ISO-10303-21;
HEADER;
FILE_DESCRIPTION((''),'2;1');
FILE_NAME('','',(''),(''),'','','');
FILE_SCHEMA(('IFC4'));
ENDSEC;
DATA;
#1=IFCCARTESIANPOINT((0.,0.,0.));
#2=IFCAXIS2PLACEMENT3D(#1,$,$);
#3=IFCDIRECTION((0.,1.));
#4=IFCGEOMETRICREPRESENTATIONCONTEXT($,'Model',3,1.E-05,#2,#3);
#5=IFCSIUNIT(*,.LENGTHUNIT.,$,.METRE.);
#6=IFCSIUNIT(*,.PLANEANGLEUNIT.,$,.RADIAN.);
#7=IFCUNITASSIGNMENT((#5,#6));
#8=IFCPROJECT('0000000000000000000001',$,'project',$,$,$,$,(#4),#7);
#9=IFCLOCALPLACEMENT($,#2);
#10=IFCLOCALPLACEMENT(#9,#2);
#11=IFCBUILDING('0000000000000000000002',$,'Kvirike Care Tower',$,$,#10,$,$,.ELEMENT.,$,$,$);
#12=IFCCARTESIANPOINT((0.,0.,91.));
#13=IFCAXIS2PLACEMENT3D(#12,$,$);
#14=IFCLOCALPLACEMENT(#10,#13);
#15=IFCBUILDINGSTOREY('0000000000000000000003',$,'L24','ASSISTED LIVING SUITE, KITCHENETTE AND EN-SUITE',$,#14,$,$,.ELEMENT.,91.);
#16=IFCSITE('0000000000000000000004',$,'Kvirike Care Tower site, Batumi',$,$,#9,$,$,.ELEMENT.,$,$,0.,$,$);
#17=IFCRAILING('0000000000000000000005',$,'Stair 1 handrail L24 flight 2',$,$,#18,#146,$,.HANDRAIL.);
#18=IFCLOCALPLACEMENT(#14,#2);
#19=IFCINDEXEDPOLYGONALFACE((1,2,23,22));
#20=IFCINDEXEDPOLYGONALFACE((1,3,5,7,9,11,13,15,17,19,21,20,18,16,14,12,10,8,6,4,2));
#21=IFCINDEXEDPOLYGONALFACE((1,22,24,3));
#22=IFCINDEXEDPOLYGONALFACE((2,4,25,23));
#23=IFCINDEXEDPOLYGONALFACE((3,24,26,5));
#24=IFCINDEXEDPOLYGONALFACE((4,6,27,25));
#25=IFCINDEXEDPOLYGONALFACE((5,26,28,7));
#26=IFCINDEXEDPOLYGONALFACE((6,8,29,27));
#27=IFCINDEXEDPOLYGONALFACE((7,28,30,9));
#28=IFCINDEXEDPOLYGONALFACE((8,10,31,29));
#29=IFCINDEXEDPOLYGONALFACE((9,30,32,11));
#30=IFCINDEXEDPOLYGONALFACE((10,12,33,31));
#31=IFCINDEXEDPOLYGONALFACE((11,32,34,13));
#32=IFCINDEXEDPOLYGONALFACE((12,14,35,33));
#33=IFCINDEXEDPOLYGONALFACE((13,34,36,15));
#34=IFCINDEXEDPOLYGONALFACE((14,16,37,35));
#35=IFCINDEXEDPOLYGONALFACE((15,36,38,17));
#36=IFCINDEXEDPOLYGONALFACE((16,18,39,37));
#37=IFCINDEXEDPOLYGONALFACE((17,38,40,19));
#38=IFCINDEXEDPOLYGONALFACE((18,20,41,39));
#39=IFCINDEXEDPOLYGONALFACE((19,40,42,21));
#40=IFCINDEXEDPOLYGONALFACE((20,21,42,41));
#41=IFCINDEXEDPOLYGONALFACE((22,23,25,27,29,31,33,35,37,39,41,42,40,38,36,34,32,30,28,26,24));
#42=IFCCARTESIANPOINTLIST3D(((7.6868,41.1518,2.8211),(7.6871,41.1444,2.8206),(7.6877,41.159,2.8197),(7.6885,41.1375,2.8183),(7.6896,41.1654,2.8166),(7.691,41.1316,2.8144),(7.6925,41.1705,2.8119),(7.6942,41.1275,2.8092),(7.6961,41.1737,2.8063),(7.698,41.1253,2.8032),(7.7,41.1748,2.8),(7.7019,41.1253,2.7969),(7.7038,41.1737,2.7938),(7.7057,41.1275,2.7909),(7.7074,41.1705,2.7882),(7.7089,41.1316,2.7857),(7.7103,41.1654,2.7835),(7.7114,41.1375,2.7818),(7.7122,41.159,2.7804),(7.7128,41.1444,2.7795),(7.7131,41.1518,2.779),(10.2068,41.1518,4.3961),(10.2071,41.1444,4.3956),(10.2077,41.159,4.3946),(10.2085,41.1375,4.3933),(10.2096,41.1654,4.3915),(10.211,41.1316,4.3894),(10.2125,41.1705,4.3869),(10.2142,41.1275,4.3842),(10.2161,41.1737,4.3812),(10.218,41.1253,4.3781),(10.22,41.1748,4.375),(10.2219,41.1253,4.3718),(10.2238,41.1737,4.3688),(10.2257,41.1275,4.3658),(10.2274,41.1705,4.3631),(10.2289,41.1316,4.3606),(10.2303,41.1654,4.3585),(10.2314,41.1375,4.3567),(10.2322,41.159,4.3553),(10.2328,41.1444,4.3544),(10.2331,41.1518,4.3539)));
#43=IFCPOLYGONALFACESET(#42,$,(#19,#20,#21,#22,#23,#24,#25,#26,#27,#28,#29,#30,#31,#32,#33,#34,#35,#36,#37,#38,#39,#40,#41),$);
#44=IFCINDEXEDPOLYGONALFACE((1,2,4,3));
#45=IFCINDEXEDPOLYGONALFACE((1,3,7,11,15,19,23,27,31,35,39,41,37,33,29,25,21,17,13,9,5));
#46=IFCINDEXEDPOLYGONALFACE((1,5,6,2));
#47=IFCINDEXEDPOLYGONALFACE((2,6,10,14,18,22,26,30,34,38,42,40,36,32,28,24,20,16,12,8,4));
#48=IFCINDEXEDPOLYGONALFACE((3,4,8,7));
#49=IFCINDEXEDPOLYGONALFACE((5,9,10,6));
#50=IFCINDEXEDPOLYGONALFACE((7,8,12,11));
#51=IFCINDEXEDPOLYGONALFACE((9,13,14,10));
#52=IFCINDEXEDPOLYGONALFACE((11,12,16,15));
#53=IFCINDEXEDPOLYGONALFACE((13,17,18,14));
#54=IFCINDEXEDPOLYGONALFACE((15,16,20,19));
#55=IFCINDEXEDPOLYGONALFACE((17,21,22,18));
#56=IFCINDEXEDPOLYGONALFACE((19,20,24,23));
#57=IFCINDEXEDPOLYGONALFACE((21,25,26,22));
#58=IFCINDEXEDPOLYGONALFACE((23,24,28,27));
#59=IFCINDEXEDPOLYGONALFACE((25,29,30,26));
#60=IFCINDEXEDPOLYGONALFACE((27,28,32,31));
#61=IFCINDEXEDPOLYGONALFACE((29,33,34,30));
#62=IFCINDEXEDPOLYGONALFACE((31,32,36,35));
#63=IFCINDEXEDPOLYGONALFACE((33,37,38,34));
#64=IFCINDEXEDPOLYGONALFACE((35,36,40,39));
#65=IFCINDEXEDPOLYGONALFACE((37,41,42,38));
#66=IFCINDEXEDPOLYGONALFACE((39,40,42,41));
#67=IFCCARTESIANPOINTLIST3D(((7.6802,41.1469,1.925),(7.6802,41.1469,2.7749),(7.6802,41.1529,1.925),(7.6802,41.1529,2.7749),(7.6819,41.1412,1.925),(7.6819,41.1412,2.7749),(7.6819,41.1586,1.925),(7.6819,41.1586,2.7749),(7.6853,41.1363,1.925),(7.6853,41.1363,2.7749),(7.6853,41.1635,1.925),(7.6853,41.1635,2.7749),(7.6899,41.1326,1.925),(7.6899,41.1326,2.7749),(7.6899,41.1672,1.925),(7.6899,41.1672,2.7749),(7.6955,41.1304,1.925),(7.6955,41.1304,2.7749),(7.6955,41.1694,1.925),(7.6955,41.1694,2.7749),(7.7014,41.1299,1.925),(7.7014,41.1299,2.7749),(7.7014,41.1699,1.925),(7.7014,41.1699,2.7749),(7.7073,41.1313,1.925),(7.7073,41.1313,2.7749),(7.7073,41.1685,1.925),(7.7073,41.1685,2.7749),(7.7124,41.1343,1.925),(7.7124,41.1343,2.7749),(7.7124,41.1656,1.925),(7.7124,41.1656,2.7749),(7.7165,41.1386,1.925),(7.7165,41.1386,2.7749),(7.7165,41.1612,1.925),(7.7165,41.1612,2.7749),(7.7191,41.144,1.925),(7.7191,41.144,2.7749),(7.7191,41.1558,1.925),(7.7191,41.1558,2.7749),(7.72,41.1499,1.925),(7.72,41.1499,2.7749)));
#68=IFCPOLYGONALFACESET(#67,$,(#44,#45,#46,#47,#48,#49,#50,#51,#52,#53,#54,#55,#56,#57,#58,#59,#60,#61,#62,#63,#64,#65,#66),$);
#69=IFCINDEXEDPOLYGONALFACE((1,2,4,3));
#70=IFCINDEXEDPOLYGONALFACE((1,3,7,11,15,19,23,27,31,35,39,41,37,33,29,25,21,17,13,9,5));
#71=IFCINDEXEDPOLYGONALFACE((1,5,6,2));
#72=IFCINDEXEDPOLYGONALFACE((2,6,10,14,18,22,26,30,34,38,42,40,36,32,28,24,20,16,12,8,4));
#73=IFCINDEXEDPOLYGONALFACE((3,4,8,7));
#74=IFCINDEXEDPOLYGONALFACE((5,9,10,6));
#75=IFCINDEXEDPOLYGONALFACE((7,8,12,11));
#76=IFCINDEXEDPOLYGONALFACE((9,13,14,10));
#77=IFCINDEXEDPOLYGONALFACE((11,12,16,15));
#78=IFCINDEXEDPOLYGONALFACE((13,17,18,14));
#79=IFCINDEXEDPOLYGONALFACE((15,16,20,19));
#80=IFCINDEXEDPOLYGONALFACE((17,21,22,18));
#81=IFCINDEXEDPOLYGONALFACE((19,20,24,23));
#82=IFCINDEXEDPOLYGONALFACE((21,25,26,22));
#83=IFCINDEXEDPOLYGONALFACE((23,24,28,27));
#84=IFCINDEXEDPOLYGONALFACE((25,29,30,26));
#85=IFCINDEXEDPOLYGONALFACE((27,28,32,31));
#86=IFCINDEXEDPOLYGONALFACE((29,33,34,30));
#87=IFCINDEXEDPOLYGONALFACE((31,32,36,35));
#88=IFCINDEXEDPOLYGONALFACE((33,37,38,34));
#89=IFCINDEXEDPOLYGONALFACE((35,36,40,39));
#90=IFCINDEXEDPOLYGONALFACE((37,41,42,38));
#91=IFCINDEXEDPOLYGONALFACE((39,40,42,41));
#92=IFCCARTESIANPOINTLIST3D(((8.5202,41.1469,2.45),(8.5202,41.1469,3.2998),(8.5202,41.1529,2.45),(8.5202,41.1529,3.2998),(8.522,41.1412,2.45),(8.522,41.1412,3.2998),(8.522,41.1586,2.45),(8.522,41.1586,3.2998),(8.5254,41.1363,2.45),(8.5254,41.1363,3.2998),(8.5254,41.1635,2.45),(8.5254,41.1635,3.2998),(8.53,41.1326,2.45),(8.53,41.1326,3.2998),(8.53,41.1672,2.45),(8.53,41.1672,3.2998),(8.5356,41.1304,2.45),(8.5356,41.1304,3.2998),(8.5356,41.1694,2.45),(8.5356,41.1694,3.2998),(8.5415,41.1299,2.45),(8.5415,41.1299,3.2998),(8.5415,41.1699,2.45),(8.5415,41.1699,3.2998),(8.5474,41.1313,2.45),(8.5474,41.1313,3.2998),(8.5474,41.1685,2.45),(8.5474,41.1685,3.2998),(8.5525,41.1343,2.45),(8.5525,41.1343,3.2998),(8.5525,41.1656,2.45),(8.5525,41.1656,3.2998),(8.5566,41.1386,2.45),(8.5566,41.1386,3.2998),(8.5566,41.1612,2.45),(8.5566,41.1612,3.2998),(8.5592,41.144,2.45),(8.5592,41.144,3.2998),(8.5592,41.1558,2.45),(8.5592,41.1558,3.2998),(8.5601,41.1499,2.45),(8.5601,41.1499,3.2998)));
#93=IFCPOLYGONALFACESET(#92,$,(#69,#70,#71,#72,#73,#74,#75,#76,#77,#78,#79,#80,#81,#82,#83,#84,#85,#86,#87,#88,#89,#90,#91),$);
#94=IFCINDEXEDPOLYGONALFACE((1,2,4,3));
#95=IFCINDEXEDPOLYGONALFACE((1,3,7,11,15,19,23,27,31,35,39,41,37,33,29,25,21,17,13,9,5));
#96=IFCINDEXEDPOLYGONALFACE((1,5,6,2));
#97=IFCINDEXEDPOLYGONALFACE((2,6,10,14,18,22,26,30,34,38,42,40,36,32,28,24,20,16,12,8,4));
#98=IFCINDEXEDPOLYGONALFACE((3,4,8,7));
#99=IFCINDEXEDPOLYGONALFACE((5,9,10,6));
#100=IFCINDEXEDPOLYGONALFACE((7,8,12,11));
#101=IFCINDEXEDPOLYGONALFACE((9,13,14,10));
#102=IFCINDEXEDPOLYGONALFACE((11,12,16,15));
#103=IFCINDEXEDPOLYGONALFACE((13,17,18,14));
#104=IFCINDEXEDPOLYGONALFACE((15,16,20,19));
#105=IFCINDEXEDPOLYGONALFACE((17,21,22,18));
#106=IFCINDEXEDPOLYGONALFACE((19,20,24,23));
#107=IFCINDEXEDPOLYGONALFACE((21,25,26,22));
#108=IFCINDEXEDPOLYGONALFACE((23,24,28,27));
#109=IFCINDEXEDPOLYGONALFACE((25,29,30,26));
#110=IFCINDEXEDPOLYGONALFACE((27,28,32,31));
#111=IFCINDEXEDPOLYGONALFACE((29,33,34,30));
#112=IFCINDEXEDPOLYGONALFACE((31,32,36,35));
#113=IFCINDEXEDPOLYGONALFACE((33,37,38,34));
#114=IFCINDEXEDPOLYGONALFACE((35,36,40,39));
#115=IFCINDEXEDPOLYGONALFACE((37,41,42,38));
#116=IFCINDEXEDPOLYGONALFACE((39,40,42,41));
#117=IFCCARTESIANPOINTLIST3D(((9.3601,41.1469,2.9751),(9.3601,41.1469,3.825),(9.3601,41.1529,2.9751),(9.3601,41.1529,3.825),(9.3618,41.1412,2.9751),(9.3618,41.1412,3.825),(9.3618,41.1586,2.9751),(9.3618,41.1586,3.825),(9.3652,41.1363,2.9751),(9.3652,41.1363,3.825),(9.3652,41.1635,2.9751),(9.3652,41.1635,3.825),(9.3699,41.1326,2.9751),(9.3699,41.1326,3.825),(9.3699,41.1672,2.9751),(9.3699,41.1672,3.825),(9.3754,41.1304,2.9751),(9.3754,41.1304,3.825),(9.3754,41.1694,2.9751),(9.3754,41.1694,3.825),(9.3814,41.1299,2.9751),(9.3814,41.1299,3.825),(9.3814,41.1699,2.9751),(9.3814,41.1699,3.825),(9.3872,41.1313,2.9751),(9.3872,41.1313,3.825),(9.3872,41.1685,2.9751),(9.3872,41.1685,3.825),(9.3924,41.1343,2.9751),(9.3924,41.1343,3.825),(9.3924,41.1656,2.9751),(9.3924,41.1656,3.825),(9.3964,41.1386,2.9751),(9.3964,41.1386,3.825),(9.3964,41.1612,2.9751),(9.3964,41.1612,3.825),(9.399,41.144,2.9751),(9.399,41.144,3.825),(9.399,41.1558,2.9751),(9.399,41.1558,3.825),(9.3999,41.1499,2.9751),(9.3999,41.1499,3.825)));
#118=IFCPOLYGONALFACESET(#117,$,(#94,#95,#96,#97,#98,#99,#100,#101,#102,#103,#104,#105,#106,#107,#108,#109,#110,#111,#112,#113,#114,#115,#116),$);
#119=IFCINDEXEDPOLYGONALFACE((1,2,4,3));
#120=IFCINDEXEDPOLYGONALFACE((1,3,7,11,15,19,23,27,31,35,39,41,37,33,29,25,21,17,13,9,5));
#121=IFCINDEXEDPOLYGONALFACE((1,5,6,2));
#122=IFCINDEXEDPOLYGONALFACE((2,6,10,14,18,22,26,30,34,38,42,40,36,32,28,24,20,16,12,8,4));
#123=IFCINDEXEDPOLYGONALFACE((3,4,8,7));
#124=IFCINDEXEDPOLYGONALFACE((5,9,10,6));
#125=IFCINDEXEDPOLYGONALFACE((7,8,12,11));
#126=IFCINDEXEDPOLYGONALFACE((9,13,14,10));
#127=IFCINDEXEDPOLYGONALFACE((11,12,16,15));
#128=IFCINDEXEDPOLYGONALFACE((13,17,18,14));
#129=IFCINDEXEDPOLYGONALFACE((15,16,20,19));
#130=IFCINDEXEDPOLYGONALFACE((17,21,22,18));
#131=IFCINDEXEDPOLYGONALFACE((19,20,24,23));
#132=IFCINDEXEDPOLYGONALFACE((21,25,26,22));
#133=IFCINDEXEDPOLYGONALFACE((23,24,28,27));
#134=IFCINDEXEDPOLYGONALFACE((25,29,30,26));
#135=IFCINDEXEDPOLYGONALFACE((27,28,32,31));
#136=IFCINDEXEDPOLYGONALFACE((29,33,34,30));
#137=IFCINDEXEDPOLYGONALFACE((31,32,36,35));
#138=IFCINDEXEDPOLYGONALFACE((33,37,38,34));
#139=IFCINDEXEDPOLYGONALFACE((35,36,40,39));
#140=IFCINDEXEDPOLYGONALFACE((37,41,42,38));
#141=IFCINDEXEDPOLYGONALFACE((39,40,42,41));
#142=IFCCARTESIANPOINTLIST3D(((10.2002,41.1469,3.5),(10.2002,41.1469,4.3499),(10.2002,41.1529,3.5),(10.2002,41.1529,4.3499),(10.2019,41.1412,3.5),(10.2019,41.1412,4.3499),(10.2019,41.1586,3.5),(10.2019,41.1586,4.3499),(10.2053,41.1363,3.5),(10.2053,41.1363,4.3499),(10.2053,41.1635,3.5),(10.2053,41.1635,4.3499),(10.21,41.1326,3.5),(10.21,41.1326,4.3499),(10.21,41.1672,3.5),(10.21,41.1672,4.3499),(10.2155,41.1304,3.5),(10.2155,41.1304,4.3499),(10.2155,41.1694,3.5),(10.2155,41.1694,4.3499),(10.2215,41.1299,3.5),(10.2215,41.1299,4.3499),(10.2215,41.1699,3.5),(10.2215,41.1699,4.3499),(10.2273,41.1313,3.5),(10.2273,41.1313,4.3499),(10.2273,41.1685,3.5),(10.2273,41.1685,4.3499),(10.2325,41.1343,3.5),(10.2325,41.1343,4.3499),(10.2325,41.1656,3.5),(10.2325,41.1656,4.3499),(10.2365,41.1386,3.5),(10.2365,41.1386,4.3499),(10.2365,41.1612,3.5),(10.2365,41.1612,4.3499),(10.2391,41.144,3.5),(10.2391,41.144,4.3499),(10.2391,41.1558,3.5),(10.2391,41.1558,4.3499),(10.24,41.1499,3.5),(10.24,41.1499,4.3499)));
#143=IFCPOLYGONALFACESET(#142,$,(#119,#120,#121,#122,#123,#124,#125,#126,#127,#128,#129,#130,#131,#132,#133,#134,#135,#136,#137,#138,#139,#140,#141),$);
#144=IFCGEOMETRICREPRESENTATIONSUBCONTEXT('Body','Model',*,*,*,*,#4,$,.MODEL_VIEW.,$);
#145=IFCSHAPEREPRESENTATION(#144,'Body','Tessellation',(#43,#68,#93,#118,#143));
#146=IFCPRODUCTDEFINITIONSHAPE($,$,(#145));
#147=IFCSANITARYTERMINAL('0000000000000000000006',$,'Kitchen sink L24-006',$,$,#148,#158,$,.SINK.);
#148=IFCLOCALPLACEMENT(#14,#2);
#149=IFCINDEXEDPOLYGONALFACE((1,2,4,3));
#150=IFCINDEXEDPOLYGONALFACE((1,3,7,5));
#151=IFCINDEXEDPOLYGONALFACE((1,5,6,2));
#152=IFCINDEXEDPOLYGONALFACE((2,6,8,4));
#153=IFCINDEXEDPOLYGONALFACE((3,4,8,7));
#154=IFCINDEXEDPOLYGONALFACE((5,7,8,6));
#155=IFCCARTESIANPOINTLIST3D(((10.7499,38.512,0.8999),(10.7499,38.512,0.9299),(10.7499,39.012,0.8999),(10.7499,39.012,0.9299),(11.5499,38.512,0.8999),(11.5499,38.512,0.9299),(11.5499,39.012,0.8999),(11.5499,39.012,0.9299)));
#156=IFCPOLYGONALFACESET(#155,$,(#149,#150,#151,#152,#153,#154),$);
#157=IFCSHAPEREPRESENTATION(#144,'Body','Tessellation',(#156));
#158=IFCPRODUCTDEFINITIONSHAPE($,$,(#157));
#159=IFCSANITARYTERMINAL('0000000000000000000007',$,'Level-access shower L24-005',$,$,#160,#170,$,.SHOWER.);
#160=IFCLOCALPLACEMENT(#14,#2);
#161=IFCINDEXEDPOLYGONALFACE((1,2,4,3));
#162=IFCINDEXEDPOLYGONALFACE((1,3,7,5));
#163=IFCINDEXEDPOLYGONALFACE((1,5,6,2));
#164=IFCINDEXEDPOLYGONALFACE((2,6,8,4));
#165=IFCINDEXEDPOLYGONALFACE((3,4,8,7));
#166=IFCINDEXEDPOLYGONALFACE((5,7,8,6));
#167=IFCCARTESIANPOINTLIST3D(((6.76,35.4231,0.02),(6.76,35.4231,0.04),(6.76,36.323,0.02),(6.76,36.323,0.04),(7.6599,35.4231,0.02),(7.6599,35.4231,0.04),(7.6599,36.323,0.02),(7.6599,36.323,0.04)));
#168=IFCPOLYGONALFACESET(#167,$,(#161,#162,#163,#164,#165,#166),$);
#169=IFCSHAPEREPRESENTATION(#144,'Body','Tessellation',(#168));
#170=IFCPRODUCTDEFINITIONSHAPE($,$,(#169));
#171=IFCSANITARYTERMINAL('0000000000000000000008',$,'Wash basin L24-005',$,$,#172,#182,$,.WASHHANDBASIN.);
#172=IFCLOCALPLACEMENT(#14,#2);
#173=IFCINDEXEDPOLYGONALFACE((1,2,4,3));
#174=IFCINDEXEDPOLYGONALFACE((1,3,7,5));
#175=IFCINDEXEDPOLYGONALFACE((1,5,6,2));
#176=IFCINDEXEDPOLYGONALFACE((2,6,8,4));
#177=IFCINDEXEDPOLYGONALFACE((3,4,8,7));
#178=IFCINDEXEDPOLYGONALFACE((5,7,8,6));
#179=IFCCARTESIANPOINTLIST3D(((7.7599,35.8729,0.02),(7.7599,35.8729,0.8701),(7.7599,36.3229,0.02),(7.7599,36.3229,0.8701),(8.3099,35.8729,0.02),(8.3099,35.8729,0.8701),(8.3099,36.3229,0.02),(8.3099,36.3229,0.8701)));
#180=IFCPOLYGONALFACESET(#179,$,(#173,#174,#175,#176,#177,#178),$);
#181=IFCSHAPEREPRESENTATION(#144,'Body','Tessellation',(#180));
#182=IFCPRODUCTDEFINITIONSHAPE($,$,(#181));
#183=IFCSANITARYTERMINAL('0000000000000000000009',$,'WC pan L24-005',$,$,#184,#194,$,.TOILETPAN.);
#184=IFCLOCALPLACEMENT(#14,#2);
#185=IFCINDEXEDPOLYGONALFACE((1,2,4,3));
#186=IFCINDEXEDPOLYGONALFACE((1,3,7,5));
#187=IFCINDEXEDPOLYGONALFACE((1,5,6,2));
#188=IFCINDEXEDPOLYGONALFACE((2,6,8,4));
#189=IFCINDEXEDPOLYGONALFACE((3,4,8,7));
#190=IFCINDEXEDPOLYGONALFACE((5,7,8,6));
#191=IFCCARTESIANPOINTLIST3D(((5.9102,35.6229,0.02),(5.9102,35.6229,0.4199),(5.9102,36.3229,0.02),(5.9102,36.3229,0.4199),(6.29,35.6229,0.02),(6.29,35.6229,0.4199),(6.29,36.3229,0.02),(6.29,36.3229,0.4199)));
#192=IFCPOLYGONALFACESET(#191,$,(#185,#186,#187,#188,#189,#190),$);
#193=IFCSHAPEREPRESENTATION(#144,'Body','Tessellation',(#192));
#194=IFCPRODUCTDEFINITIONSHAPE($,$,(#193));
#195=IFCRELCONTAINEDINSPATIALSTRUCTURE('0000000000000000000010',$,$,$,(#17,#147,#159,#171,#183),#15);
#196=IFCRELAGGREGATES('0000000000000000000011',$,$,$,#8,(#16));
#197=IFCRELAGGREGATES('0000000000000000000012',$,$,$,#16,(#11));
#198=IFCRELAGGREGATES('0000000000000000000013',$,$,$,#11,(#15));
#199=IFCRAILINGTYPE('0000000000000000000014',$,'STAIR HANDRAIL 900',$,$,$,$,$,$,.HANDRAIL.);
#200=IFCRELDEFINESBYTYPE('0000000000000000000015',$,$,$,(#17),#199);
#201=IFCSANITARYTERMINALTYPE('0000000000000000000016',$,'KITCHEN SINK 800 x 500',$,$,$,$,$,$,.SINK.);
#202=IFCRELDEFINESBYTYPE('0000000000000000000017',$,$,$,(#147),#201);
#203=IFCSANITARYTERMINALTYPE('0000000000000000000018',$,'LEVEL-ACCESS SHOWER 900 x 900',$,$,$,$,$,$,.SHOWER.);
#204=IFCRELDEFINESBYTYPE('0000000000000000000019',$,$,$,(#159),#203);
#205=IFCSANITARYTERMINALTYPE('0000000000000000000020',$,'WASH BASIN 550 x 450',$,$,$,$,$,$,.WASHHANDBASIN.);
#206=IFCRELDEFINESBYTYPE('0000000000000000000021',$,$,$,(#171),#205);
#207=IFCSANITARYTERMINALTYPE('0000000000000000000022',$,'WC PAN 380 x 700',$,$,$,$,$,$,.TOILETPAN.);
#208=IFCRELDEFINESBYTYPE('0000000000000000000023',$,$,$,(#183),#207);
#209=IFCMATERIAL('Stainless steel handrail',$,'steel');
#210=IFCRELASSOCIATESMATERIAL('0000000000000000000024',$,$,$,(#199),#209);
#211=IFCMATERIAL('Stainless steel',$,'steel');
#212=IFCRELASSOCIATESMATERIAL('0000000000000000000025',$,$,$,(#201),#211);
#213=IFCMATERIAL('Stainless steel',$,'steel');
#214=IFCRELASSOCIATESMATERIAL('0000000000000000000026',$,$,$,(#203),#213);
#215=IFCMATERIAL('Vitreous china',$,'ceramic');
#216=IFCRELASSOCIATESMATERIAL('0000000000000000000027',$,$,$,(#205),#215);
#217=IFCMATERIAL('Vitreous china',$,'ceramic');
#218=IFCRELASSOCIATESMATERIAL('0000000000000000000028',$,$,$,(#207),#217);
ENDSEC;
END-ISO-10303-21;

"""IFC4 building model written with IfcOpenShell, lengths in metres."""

from ifc_helpers import new_model, si_unit, direction, frame, origin, origin_2d, place, context, subcontext, project, spatial, rectangle, circle, extrude, material, type_object, element, save


model = new_model("IFC4")

# Units and contexts
model_context = context("Model", 3, precision=1e-05, world=origin(), true_north=direction((0.0, 1.0)))
body_context = subcontext(model_context, "Body", "Model", "MODEL_VIEW")
ifc_project = project(units=[si_unit("LENGTHUNIT", "METRE"), si_unit("PLANEANGLEUNIT", "RADIAN")], contexts=[model_context])

# Site, building, storey
site_placement = place(None, origin())
site = spatial("IfcSite", under=ifc_project, at=site_placement, Name="Kvirike Care Tower site, Batumi", CompositionType="ELEMENT", RefElevation=0.0)
building_placement = place(site_placement, origin())
building = spatial("IfcBuilding", under=site, at=building_placement, Name="Kvirike Care Tower", CompositionType="ELEMENT")
storey_placement = place(building_placement, frame((0.0, 0.0, 91.0)))
storey = spatial("IfcBuildingStorey", under=building, at=storey_placement, Name="L24", Description="ASSISTED LIVING SUITE, KITCHENETTE AND EN-SUITE", CompositionType="ELEMENT", Elevation=91.0)

# Railing
ifc_material_1 = material(Name="Stainless steel handrail", Category="steel")
railing_type = type_object("IfcRailingType", Name="STAIR HANDRAIL 900", PredefinedType="HANDRAIL", material=ifc_material_1)
railing_1_placement = place(storey_placement, frame((7.7, 41.1499, 1.925)))
element("IfcRailing", 1, at=railing_1_placement, inside=storey, type_object=railing_type, Name="Stair 1 handrail L24 flight 2", PredefinedType="HANDRAIL", context=body_context, shape_type="SweptSolid", body=[
    extrude(circle(Radius=0.0249, at=origin_2d()), frame((0.0, 0.0, 0.875), z_axis=(0.848008, 0.0, 0.529984), x_axis=(0.0, 1.0, 0.0)), (0.0, 0.0, 1.0), 2.9717),
    extrude(circle(Radius=0.02, at=origin_2d()), origin(), (0.0, 0.0, 1.0), 0.8499),
    extrude(circle(Radius=0.02, at=origin_2d()), frame((0.8401, 0.0, 0.5249)), (0.0, 0.0, 1.0), 0.8499),
    extrude(circle(Radius=0.02, at=origin_2d()), frame((1.6799, 0.0, 1.05)), (0.0, 0.0, 1.0), 0.8499),
    extrude(circle(Radius=0.02, at=origin_2d()), frame((2.52, 0.0, 1.575)), (0.0, 0.0, 1.0), 0.8499),
])

# Sanitary terminals
ifc_material_2 = material(Name="Stainless steel", Category="steel")
sanitary_terminal_type_1 = type_object("IfcSanitaryTerminalType", Name="KITCHEN SINK 800 x 500", PredefinedType="SINK", material=ifc_material_2)
sanitary_terminal_1_placement = place(storey_placement, frame((11.1499, 38.762, 0.8999), z_axis=(0.0, 0.0, 1.0), x_axis=(-1.0, 0.0, 0.0)))
element("IfcSanitaryTerminal", 2, at=sanitary_terminal_1_placement, inside=storey, type_object=sanitary_terminal_type_1, Name="Kitchen sink L24-006", PredefinedType="SINK", context=body_context, shape_type="SweptSolid", body=[
    extrude(rectangle(XDim=0.8, YDim=0.5, at=origin_2d()), origin(), (0.0, 0.0, 1.0), 0.03),
])
ifc_material_3 = material(Name="Stainless steel", Category="steel")
sanitary_terminal_type_2 = type_object("IfcSanitaryTerminalType", Name="LEVEL-ACCESS SHOWER 900 x 900", PredefinedType="SHOWER", material=ifc_material_3)
sanitary_terminal_2_placement = place(storey_placement, frame((7.21, 35.873, 0.02), z_axis=(0.0, 0.0, 1.0), x_axis=(1.0, 0.0, 0.0)))
element("IfcSanitaryTerminal", 3, at=sanitary_terminal_2_placement, inside=storey, type_object=sanitary_terminal_type_2, Name="Level-access shower L24-005", PredefinedType="SHOWER", context=body_context, shape_type="SweptSolid", body=[
    extrude(rectangle(XDim=0.8999, YDim=0.8999, at=origin_2d()), origin(), (0.0, 0.0, 1.0), 0.02),
])
ifc_material_4 = material(Name="Vitreous china", Category="ceramic")
sanitary_terminal_type_3 = type_object("IfcSanitaryTerminalType", Name="WASH BASIN 550 x 450", PredefinedType="WASHHANDBASIN", material=ifc_material_4)
sanitary_terminal_3_placement = place(storey_placement, frame((8.0349, 36.0979, 0.02), z_axis=(0.0, 0.0, 1.0), x_axis=(1.0, 0.0, 0.0)))
element("IfcSanitaryTerminal", 4, at=sanitary_terminal_3_placement, inside=storey, type_object=sanitary_terminal_type_3, Name="Wash basin L24-005", PredefinedType="WASHHANDBASIN", context=body_context, shape_type="SweptSolid", body=[
    extrude(rectangle(XDim=0.55, YDim=0.45, at=origin_2d()), origin(), (0.0, 0.0, 1.0), 0.8501),
])
ifc_material_5 = material(Name="Vitreous china", Category="ceramic")
sanitary_terminal_type_4 = type_object("IfcSanitaryTerminalType", Name="WC PAN 380 x 700", PredefinedType="TOILETPAN", material=ifc_material_5)
sanitary_terminal_4_placement = place(storey_placement, frame((6.1001, 35.9729, 0.02), z_axis=(0.0, 0.0, 1.0), x_axis=(1.0, 0.0, 0.0)))
element("IfcSanitaryTerminal", 5, at=sanitary_terminal_4_placement, inside=storey, type_object=sanitary_terminal_type_4, Name="WC pan L24-005", PredefinedType="TOILETPAN", context=body_context, shape_type="SweptSolid", body=[
    extrude(rectangle(XDim=0.3799, YDim=0.7, at=origin_2d()), origin(), (0.0, 0.0, 1.0), 0.3999),
])

save(model, "model.ifc")
